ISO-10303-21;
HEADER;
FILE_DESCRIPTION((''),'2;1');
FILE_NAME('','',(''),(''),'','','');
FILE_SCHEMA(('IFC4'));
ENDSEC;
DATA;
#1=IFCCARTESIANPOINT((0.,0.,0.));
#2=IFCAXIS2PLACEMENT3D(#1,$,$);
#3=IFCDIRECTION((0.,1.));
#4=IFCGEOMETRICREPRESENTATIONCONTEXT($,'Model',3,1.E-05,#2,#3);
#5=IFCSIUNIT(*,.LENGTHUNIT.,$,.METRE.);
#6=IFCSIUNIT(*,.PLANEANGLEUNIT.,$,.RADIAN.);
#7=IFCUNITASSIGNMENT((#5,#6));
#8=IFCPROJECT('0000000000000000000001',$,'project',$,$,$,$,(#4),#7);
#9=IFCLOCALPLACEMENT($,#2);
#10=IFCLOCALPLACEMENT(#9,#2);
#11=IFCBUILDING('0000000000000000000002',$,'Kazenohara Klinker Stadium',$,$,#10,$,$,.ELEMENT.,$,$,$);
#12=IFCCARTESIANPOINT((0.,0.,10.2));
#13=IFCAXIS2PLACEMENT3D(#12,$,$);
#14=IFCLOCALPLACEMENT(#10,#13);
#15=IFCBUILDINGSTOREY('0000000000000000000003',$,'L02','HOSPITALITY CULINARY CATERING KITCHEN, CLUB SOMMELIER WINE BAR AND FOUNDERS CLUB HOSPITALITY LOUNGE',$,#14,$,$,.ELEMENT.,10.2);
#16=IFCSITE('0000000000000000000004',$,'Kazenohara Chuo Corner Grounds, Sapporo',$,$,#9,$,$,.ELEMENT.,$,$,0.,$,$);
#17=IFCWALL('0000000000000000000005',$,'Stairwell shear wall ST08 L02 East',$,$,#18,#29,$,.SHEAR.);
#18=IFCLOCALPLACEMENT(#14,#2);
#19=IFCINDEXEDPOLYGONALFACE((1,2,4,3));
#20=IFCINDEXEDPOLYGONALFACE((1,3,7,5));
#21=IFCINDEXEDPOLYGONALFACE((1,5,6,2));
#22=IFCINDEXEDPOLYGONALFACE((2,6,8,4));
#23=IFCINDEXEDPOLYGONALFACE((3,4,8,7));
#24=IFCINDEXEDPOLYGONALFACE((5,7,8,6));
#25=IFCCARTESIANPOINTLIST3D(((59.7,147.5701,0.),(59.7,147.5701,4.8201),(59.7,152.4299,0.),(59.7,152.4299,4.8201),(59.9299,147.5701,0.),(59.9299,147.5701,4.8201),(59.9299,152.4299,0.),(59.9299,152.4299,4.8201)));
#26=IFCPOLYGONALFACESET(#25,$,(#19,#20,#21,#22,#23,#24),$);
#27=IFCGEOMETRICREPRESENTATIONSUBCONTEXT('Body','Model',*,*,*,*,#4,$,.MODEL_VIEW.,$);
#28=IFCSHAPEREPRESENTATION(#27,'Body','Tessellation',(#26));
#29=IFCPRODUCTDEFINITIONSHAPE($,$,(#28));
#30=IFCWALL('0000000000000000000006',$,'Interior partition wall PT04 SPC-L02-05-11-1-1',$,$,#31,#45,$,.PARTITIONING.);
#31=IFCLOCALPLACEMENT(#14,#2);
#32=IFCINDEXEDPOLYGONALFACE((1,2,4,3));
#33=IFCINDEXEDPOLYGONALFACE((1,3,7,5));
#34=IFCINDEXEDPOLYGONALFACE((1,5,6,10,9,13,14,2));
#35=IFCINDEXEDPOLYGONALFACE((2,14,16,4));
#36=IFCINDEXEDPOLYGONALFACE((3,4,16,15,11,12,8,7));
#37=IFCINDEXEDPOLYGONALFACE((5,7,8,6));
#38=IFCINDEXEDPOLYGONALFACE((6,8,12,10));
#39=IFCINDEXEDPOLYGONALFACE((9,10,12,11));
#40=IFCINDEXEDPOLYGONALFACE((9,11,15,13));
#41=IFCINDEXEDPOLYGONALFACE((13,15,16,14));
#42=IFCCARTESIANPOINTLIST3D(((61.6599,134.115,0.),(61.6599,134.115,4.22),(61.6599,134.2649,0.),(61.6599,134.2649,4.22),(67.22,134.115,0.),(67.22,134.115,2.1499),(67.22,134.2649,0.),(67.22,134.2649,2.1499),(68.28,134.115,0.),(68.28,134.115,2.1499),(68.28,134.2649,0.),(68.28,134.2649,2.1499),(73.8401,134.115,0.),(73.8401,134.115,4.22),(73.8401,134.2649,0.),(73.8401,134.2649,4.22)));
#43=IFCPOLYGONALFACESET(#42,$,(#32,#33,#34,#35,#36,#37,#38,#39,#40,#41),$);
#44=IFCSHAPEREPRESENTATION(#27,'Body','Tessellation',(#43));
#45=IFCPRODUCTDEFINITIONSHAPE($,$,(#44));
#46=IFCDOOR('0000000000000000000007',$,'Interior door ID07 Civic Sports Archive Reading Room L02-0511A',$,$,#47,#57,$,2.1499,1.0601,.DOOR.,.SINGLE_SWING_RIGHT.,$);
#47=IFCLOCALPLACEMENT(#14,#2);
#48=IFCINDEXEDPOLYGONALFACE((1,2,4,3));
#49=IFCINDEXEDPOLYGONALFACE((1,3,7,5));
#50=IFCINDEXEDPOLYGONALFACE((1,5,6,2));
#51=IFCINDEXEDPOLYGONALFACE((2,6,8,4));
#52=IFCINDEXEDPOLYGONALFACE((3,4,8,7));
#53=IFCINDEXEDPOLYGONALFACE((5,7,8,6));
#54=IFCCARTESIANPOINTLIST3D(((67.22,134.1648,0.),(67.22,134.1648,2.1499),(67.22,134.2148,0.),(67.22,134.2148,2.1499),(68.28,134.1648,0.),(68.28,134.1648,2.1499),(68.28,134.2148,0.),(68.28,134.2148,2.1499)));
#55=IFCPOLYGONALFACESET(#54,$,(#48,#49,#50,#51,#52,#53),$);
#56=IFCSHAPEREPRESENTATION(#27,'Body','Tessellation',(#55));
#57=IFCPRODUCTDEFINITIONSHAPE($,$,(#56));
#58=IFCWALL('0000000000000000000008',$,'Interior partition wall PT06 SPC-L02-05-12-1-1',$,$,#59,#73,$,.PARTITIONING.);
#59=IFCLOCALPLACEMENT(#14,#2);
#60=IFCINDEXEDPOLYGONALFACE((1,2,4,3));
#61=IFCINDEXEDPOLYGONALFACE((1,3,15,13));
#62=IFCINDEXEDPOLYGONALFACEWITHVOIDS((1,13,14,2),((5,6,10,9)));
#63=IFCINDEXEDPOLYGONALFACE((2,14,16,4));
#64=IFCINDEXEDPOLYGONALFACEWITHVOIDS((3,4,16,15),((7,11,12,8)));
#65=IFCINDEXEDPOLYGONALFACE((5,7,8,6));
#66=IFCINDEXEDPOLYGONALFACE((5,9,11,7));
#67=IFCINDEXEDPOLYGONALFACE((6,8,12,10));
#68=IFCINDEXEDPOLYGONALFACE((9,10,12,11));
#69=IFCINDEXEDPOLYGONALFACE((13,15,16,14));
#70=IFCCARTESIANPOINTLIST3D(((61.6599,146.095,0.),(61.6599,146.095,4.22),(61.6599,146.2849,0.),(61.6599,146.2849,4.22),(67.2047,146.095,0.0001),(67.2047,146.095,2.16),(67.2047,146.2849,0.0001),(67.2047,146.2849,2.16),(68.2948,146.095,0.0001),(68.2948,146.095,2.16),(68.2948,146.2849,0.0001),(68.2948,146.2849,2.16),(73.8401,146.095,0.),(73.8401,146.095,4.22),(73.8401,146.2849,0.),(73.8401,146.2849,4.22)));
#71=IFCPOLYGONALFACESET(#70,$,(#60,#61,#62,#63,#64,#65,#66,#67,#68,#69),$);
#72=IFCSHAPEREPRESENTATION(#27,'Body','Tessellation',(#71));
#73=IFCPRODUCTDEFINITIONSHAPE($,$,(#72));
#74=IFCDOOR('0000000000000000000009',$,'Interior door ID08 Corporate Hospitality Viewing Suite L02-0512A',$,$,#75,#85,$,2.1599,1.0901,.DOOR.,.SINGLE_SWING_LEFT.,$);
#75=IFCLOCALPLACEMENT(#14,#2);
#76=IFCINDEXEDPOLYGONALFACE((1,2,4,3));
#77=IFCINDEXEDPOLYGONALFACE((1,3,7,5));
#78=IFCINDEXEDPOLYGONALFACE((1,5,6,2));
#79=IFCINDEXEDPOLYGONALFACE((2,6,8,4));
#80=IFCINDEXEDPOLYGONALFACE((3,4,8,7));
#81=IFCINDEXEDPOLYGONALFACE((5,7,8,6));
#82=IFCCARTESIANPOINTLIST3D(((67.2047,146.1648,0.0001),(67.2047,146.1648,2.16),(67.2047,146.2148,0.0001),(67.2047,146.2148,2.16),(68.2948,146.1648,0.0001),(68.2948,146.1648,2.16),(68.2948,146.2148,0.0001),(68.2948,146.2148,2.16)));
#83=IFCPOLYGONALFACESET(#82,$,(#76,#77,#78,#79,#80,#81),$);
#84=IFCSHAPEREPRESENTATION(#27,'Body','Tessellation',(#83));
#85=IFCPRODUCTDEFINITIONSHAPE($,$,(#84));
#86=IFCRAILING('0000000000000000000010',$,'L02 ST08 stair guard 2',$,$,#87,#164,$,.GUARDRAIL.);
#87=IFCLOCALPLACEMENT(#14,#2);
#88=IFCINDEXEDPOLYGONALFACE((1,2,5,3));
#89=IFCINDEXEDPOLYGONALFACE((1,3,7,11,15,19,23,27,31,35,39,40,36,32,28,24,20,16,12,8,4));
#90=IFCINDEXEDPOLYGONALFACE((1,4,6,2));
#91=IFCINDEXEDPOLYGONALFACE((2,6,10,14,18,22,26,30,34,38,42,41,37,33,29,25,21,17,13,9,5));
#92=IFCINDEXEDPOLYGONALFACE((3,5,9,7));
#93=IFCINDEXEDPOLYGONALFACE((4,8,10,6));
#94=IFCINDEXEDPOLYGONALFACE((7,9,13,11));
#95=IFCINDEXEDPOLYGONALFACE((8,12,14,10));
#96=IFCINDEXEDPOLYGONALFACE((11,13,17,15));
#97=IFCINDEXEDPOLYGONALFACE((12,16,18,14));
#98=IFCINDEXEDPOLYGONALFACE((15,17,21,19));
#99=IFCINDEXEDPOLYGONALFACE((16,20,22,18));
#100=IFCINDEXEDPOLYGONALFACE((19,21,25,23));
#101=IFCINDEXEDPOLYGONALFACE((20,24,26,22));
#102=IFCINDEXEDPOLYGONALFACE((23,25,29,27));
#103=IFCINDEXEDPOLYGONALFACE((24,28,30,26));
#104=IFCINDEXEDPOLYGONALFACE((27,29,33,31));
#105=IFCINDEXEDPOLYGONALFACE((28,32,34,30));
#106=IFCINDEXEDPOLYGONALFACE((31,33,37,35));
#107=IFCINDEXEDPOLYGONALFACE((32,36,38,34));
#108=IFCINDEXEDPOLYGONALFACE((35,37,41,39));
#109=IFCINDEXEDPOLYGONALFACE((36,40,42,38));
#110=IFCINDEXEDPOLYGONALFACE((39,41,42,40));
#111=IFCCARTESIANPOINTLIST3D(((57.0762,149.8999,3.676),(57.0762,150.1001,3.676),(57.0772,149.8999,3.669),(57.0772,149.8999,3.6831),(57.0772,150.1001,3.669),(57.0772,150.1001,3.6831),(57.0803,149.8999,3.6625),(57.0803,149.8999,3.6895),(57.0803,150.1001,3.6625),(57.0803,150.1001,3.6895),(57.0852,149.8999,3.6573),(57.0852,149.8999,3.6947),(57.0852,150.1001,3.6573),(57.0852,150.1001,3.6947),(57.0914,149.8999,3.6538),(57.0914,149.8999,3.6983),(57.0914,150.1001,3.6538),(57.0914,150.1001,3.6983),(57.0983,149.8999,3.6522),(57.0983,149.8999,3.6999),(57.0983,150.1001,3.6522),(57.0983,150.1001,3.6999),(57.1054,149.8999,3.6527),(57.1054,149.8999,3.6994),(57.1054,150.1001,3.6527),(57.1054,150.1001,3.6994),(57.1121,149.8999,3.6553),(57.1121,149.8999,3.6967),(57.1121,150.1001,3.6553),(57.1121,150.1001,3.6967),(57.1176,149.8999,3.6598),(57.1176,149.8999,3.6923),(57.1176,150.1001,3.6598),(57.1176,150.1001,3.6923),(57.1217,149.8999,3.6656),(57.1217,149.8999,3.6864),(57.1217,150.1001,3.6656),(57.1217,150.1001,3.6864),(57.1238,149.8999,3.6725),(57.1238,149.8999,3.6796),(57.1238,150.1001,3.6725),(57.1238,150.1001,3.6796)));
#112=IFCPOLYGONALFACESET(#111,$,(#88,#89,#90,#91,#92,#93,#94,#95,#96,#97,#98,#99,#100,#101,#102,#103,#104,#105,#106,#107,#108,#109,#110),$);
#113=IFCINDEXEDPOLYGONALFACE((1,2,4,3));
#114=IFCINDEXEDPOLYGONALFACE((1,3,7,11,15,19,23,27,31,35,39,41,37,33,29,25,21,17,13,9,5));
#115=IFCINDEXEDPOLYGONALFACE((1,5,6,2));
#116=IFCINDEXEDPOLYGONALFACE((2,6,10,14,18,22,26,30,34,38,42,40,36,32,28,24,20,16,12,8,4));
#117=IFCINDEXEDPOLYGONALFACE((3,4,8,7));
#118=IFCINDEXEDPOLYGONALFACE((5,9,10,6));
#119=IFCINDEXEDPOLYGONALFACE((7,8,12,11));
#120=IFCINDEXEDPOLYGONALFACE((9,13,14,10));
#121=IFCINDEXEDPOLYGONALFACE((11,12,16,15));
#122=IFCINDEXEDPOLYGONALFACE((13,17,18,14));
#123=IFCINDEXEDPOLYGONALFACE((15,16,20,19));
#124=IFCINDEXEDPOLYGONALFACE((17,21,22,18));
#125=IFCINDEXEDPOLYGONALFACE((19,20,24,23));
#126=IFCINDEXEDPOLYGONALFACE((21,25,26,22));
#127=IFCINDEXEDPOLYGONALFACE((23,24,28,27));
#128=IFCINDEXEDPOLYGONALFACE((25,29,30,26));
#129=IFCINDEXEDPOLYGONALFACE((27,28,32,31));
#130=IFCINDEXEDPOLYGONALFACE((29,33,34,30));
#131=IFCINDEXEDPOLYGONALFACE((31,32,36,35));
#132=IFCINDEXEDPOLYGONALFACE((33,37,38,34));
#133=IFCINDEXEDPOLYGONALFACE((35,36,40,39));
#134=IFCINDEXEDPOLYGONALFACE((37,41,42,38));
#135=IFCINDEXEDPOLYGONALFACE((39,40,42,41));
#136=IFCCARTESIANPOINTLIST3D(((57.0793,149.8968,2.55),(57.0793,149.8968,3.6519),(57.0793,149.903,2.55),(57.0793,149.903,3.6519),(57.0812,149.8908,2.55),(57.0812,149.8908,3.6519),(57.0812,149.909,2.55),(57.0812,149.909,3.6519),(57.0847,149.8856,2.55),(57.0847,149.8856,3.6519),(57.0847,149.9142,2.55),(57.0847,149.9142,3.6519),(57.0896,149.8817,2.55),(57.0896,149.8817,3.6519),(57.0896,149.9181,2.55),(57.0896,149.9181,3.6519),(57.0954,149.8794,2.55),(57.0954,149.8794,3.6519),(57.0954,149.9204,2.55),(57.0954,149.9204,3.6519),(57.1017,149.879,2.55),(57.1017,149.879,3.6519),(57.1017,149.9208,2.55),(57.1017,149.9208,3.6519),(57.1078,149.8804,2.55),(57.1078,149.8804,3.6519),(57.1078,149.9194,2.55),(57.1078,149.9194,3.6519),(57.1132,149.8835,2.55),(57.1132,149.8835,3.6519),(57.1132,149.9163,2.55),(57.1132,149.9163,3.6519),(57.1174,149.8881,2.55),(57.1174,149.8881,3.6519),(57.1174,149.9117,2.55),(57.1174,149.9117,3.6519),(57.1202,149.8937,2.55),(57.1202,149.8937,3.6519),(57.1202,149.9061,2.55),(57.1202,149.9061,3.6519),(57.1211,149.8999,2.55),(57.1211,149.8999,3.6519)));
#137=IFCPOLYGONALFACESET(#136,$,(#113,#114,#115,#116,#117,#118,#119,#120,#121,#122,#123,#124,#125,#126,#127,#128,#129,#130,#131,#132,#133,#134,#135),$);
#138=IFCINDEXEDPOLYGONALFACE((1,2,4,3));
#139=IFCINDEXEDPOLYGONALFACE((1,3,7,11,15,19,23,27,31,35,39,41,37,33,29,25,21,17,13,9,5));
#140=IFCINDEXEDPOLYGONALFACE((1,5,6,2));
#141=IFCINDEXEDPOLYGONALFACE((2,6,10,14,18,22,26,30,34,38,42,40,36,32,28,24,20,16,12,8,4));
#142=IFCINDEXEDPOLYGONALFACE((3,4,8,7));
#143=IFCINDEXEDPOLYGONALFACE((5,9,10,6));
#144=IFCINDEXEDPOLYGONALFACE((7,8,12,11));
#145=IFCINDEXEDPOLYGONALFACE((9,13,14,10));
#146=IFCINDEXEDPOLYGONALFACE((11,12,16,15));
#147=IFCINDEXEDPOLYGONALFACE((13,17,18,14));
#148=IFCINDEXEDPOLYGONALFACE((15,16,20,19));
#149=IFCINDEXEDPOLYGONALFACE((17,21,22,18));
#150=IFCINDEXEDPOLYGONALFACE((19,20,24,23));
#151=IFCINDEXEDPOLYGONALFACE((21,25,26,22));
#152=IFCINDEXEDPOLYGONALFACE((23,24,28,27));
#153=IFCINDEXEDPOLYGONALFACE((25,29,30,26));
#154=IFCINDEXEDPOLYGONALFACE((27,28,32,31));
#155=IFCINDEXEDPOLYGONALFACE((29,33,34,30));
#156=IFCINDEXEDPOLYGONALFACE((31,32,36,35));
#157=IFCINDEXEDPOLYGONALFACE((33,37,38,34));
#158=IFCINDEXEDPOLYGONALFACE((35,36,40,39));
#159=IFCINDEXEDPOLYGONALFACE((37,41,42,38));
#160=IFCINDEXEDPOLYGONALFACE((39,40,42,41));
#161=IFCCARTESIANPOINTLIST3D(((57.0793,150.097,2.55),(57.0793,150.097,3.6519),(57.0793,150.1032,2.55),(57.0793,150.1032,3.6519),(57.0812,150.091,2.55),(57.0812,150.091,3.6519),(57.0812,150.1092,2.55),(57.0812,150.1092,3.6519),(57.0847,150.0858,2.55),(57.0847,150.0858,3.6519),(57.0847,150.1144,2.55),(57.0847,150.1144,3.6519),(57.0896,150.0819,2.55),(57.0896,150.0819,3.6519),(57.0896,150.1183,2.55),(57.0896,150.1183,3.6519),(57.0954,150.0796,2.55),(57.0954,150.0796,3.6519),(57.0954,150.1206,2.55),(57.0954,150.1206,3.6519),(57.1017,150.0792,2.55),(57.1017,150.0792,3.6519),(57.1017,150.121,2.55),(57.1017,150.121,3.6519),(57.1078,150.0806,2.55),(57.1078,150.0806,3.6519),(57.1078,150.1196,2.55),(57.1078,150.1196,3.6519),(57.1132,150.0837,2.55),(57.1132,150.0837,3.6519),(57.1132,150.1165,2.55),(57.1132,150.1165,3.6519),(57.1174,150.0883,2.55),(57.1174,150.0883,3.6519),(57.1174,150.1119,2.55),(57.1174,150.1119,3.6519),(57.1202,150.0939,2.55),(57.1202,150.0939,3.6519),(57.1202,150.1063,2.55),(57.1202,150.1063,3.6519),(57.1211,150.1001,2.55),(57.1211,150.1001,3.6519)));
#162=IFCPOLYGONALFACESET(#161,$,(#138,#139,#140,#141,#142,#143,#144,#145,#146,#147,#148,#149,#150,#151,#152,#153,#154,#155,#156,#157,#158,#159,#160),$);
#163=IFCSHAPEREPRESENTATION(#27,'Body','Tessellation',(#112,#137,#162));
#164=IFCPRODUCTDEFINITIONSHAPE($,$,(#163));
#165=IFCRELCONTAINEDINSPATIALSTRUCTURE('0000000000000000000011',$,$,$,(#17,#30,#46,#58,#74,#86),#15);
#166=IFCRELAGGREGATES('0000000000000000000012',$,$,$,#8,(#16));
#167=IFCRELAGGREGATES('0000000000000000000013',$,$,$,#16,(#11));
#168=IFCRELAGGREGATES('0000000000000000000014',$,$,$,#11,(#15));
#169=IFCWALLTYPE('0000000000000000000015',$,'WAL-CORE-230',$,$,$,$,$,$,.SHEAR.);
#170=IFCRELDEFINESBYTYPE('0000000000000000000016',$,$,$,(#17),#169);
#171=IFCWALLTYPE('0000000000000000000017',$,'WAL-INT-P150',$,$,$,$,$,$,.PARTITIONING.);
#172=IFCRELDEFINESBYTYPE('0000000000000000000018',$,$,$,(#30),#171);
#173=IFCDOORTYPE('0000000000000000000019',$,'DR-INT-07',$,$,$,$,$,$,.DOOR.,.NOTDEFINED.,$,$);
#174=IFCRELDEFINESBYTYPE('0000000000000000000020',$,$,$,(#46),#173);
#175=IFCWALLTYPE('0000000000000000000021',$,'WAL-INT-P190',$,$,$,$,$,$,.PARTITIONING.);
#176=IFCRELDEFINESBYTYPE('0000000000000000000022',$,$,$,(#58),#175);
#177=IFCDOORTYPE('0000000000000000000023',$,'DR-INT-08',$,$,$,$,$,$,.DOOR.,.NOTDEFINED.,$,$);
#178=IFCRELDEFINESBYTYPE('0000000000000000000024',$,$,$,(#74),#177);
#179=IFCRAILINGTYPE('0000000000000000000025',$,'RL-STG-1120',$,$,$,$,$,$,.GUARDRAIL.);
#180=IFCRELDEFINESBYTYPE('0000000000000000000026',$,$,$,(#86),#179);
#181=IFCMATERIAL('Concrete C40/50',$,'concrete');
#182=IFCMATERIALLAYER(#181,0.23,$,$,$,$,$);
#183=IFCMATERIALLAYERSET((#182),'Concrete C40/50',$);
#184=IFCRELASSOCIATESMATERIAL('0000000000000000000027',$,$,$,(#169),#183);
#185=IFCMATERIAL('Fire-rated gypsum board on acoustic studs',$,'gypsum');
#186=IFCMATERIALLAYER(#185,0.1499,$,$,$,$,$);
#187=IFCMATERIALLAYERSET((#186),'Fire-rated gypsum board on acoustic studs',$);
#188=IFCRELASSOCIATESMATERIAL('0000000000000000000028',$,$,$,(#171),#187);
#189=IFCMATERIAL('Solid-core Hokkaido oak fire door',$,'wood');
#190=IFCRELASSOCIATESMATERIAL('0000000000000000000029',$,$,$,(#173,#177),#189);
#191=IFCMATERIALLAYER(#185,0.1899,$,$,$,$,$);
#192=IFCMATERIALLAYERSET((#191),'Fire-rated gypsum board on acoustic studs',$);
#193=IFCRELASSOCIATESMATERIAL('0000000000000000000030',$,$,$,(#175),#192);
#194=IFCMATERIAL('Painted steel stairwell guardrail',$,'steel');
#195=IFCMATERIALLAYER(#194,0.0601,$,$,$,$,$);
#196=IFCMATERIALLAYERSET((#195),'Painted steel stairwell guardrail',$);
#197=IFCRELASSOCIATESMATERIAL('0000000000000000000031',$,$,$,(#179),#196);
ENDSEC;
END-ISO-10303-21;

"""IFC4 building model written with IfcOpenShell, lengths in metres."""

from ifc_helpers import new_model, si_unit, direction, frame, frame_2d, origin, origin_2d, place, context, subcontext, project, spatial, rectangle, circle, extrude, material, layer, layer_set, type_object, element, fill, save


model = new_model("IFC4")

# Units and contexts
model_context = context("Model", 3, precision=1e-05, world=origin(), true_north=direction((0.0, 1.0)))
body_context = subcontext(model_context, "Body", "Model", "MODEL_VIEW")
ifc_project = project(units=[si_unit("LENGTHUNIT", "METRE"), si_unit("PLANEANGLEUNIT", "RADIAN")], contexts=[model_context])

# Site, building, storey
site_placement = place(None, origin())
site = spatial("IfcSite", under=ifc_project, at=site_placement, Name="Kazenohara Chuo Corner Grounds, Sapporo", CompositionType="ELEMENT", RefElevation=0.0)
building_placement = place(site_placement, origin())
building = spatial("IfcBuilding", under=site, at=building_placement, Name="Kazenohara Klinker Stadium", CompositionType="ELEMENT")
storey_placement = place(building_placement, frame((0.0, 0.0, 10.2)))
storey = spatial("IfcBuildingStorey", under=building, at=storey_placement, Name="L02", Description="HOSPITALITY CULINARY CATERING KITCHEN, CLUB SOMMELIER WINE BAR AND FOUNDERS CLUB HOSPITALITY LOUNGE", CompositionType="ELEMENT", Elevation=10.2)

# Shared definitions
ifc_material_1 = material(Name="Concrete C40/50", Category="concrete")

# Wall
ifc_layer_1 = layer(ifc_material_1, 0.23)
ifc_layer_set_1 = layer_set([ifc_layer_1], Name="Concrete C40/50")
wall_type_1 = type_object("IfcWallType", Name="WAL-CORE-230", PredefinedType="SHEAR", material=ifc_layer_set_1)
wall_1_placement = place(storey_placement, frame((59.8149, 147.5701, 0.0), z_axis=(0.0, 0.0, 1.0), x_axis=(0.0, 1.0, 0.0)))
element("IfcWall", 1, at=wall_1_placement, inside=storey, type_object=wall_type_1, Name="Stairwell shear wall ST08 L02 East", PredefinedType="SHEAR", context=body_context, shape_type="SweptSolid", body=[
    extrude(rectangle(XDim=4.8599, YDim=0.23, at=frame_2d((2.4299, 0.0))), origin(), (0.0, 0.0, 1.0), 4.8201),
])

# Walls, openings, doors
ifc_material_2 = material(Name="Fire-rated gypsum board on acoustic studs", Category="gypsum")
ifc_layer_2 = layer(ifc_material_2, 0.1499)
ifc_layer_set_2 = layer_set([ifc_layer_2], Name="Fire-rated gypsum board on acoustic studs")
wall_type_2 = type_object("IfcWallType", Name="WAL-INT-P150", PredefinedType="PARTITIONING", material=ifc_layer_set_2)
wall_2_placement = place(storey_placement, frame((61.6599, 134.1899, 0.0), z_axis=(0.0, 0.0, 1.0), x_axis=(1.0, 0.0, 0.0)))
wall_2 = element("IfcWall", 2, at=wall_2_placement, inside=storey, type_object=wall_type_2, Name="Interior partition wall PT04 SPC-L02-05-11-1-1", PredefinedType="PARTITIONING", context=body_context, shape_type="SweptSolid", body=[
    extrude(rectangle(XDim=12.1802, YDim=0.1499, at=frame_2d((6.0901, 0.0))), origin(), (0.0, 0.0, 1.0), 4.22),
])
opening_1_placement = place(wall_2_placement, frame((5.5601, 0.0, 0.0)))
opening_1 = element("IfcOpeningElement", 3, at=opening_1_placement, cuts=wall_2, PredefinedType="OPENING", context=body_context, shape_type="SweptSolid", body=[
    extrude(rectangle(XDim=1.0601, YDim=2.1499, at=frame_2d((0.53, 1.075))), frame((0.0, 0.085, 0.0), z_axis=(0.0, -1.0, 0.0), x_axis=(1.0, 0.0, 0.0)), (0.0, 0.0, 1.0), 0.1699),
])
ifc_material_3 = material(Name="Solid-core Hokkaido oak fire door", Category="wood")
door_type_1 = type_object("IfcDoorType", Name="DR-INT-07", OperationType="NOTDEFINED", PredefinedType="DOOR", material=ifc_material_3)
door_1_placement = place(opening_1_placement, origin())
door_1 = element("IfcDoor", 4, at=door_1_placement, inside=storey, type_object=door_type_1, Name="Interior door ID07 Civic Sports Archive Reading Room L02-0511A", OperationType="SINGLE_SWING_RIGHT", OverallHeight=2.1499, OverallWidth=1.0601, PredefinedType="DOOR", context=body_context, shape_type="SweptSolid", body=[
    extrude(rectangle(XDim=1.0601, YDim=2.1499, at=frame_2d((0.53, 1.075))), frame((0.0, 0.0249, 0.0), z_axis=(0.0, -1.0, 0.0), x_axis=(1.0, 0.0, 0.0)), (0.0, 0.0, 1.0), 0.05),
])
fill(opening_1, door_1)
ifc_layer_3 = layer(ifc_material_2, 0.1899)
ifc_layer_set_3 = layer_set([ifc_layer_3], Name="Fire-rated gypsum board on acoustic studs")
wall_type_3 = type_object("IfcWallType", Name="WAL-INT-P190", PredefinedType="PARTITIONING", material=ifc_layer_set_3)
wall_3_placement = place(storey_placement, frame((61.6599, 146.1899, 0.0), z_axis=(0.0, 0.0, 1.0), x_axis=(1.0, 0.0, 0.0)))
wall_3 = element("IfcWall", 5, at=wall_3_placement, inside=storey, type_object=wall_type_3, Name="Interior partition wall PT06 SPC-L02-05-12-1-1", PredefinedType="PARTITIONING", context=body_context, shape_type="SweptSolid", body=[
    extrude(rectangle(XDim=12.1802, YDim=0.1899, at=frame_2d((6.0901, 0.0))), origin(), (0.0, 0.0, 1.0), 4.22),
])
opening_2_placement = place(wall_3_placement, frame((5.5449, 0.0, 0.0)))
opening_2 = element("IfcOpeningElement", 6, at=opening_2_placement, cuts=wall_3, PredefinedType="OPENING", context=body_context, shape_type="SweptSolid", body=[
    extrude(rectangle(XDim=1.0901, YDim=2.1599, at=frame_2d((0.5449, 1.0801))), frame((0.0, 0.105, 0.0), z_axis=(0.0, -1.0, 0.0), x_axis=(1.0, 0.0, 0.0)), (0.0, 0.0, 1.0), 0.21),
])
door_type_2 = type_object("IfcDoorType", Name="DR-INT-08", OperationType="NOTDEFINED", PredefinedType="DOOR", material=ifc_material_3)
door_2_placement = place(opening_2_placement, origin())
door_2 = element("IfcDoor", 7, at=door_2_placement, inside=storey, type_object=door_type_2, Name="Interior door ID08 Corporate Hospitality Viewing Suite L02-0512A", OperationType="SINGLE_SWING_LEFT", OverallHeight=2.1599, OverallWidth=1.0901, PredefinedType="DOOR", context=body_context, shape_type="SweptSolid", body=[
    extrude(rectangle(XDim=1.0901, YDim=2.1599, at=frame_2d((0.5449, 1.0801))), frame((0.0, 0.0249, 0.0), z_axis=(0.0, -1.0, 0.0), x_axis=(1.0, 0.0, 0.0)), (0.0, 0.0, 1.0), 0.05),
])
fill(opening_2, door_2)

# Railing
ifc_material_4 = material(Name="Painted steel stairwell guardrail", Category="steel")
ifc_layer_4 = layer(ifc_material_4, 0.0601)
ifc_layer_set_4 = layer_set([ifc_layer_4], Name="Painted steel stairwell guardrail")
railing_type = type_object("IfcRailingType", Name="RL-STG-1120", PredefinedType="GUARDRAIL", material=ifc_layer_set_4)
railing_placement = place(storey_placement, frame((57.1001, 149.8999, 2.55)))
element("IfcRailing", 8, at=railing_placement, inside=storey, type_object=railing_type, Name="L02 ST08 stair guard 2", PredefinedType="GUARDRAIL", context=body_context, shape_type="SweptSolid", body=[
    extrude(circle(Radius=0.0239, at=origin_2d()), frame((0.0, 0.0, 1.126), z_axis=(0.0, 1.0, 0.0), x_axis=(-1.0, 0.0, 0.0)), (0.0, 0.0, 1.0), 0.2002),
    extrude(circle(Radius=0.021, at=origin_2d()), origin(), (0.0, 0.0, 1.0), 1.1018),
    extrude(circle(Radius=0.021, at=origin_2d()), frame((0.0, 0.2002, 0.0)), (0.0, 0.0, 1.0), 1.1018),
])

save(model, "model.ifc")
